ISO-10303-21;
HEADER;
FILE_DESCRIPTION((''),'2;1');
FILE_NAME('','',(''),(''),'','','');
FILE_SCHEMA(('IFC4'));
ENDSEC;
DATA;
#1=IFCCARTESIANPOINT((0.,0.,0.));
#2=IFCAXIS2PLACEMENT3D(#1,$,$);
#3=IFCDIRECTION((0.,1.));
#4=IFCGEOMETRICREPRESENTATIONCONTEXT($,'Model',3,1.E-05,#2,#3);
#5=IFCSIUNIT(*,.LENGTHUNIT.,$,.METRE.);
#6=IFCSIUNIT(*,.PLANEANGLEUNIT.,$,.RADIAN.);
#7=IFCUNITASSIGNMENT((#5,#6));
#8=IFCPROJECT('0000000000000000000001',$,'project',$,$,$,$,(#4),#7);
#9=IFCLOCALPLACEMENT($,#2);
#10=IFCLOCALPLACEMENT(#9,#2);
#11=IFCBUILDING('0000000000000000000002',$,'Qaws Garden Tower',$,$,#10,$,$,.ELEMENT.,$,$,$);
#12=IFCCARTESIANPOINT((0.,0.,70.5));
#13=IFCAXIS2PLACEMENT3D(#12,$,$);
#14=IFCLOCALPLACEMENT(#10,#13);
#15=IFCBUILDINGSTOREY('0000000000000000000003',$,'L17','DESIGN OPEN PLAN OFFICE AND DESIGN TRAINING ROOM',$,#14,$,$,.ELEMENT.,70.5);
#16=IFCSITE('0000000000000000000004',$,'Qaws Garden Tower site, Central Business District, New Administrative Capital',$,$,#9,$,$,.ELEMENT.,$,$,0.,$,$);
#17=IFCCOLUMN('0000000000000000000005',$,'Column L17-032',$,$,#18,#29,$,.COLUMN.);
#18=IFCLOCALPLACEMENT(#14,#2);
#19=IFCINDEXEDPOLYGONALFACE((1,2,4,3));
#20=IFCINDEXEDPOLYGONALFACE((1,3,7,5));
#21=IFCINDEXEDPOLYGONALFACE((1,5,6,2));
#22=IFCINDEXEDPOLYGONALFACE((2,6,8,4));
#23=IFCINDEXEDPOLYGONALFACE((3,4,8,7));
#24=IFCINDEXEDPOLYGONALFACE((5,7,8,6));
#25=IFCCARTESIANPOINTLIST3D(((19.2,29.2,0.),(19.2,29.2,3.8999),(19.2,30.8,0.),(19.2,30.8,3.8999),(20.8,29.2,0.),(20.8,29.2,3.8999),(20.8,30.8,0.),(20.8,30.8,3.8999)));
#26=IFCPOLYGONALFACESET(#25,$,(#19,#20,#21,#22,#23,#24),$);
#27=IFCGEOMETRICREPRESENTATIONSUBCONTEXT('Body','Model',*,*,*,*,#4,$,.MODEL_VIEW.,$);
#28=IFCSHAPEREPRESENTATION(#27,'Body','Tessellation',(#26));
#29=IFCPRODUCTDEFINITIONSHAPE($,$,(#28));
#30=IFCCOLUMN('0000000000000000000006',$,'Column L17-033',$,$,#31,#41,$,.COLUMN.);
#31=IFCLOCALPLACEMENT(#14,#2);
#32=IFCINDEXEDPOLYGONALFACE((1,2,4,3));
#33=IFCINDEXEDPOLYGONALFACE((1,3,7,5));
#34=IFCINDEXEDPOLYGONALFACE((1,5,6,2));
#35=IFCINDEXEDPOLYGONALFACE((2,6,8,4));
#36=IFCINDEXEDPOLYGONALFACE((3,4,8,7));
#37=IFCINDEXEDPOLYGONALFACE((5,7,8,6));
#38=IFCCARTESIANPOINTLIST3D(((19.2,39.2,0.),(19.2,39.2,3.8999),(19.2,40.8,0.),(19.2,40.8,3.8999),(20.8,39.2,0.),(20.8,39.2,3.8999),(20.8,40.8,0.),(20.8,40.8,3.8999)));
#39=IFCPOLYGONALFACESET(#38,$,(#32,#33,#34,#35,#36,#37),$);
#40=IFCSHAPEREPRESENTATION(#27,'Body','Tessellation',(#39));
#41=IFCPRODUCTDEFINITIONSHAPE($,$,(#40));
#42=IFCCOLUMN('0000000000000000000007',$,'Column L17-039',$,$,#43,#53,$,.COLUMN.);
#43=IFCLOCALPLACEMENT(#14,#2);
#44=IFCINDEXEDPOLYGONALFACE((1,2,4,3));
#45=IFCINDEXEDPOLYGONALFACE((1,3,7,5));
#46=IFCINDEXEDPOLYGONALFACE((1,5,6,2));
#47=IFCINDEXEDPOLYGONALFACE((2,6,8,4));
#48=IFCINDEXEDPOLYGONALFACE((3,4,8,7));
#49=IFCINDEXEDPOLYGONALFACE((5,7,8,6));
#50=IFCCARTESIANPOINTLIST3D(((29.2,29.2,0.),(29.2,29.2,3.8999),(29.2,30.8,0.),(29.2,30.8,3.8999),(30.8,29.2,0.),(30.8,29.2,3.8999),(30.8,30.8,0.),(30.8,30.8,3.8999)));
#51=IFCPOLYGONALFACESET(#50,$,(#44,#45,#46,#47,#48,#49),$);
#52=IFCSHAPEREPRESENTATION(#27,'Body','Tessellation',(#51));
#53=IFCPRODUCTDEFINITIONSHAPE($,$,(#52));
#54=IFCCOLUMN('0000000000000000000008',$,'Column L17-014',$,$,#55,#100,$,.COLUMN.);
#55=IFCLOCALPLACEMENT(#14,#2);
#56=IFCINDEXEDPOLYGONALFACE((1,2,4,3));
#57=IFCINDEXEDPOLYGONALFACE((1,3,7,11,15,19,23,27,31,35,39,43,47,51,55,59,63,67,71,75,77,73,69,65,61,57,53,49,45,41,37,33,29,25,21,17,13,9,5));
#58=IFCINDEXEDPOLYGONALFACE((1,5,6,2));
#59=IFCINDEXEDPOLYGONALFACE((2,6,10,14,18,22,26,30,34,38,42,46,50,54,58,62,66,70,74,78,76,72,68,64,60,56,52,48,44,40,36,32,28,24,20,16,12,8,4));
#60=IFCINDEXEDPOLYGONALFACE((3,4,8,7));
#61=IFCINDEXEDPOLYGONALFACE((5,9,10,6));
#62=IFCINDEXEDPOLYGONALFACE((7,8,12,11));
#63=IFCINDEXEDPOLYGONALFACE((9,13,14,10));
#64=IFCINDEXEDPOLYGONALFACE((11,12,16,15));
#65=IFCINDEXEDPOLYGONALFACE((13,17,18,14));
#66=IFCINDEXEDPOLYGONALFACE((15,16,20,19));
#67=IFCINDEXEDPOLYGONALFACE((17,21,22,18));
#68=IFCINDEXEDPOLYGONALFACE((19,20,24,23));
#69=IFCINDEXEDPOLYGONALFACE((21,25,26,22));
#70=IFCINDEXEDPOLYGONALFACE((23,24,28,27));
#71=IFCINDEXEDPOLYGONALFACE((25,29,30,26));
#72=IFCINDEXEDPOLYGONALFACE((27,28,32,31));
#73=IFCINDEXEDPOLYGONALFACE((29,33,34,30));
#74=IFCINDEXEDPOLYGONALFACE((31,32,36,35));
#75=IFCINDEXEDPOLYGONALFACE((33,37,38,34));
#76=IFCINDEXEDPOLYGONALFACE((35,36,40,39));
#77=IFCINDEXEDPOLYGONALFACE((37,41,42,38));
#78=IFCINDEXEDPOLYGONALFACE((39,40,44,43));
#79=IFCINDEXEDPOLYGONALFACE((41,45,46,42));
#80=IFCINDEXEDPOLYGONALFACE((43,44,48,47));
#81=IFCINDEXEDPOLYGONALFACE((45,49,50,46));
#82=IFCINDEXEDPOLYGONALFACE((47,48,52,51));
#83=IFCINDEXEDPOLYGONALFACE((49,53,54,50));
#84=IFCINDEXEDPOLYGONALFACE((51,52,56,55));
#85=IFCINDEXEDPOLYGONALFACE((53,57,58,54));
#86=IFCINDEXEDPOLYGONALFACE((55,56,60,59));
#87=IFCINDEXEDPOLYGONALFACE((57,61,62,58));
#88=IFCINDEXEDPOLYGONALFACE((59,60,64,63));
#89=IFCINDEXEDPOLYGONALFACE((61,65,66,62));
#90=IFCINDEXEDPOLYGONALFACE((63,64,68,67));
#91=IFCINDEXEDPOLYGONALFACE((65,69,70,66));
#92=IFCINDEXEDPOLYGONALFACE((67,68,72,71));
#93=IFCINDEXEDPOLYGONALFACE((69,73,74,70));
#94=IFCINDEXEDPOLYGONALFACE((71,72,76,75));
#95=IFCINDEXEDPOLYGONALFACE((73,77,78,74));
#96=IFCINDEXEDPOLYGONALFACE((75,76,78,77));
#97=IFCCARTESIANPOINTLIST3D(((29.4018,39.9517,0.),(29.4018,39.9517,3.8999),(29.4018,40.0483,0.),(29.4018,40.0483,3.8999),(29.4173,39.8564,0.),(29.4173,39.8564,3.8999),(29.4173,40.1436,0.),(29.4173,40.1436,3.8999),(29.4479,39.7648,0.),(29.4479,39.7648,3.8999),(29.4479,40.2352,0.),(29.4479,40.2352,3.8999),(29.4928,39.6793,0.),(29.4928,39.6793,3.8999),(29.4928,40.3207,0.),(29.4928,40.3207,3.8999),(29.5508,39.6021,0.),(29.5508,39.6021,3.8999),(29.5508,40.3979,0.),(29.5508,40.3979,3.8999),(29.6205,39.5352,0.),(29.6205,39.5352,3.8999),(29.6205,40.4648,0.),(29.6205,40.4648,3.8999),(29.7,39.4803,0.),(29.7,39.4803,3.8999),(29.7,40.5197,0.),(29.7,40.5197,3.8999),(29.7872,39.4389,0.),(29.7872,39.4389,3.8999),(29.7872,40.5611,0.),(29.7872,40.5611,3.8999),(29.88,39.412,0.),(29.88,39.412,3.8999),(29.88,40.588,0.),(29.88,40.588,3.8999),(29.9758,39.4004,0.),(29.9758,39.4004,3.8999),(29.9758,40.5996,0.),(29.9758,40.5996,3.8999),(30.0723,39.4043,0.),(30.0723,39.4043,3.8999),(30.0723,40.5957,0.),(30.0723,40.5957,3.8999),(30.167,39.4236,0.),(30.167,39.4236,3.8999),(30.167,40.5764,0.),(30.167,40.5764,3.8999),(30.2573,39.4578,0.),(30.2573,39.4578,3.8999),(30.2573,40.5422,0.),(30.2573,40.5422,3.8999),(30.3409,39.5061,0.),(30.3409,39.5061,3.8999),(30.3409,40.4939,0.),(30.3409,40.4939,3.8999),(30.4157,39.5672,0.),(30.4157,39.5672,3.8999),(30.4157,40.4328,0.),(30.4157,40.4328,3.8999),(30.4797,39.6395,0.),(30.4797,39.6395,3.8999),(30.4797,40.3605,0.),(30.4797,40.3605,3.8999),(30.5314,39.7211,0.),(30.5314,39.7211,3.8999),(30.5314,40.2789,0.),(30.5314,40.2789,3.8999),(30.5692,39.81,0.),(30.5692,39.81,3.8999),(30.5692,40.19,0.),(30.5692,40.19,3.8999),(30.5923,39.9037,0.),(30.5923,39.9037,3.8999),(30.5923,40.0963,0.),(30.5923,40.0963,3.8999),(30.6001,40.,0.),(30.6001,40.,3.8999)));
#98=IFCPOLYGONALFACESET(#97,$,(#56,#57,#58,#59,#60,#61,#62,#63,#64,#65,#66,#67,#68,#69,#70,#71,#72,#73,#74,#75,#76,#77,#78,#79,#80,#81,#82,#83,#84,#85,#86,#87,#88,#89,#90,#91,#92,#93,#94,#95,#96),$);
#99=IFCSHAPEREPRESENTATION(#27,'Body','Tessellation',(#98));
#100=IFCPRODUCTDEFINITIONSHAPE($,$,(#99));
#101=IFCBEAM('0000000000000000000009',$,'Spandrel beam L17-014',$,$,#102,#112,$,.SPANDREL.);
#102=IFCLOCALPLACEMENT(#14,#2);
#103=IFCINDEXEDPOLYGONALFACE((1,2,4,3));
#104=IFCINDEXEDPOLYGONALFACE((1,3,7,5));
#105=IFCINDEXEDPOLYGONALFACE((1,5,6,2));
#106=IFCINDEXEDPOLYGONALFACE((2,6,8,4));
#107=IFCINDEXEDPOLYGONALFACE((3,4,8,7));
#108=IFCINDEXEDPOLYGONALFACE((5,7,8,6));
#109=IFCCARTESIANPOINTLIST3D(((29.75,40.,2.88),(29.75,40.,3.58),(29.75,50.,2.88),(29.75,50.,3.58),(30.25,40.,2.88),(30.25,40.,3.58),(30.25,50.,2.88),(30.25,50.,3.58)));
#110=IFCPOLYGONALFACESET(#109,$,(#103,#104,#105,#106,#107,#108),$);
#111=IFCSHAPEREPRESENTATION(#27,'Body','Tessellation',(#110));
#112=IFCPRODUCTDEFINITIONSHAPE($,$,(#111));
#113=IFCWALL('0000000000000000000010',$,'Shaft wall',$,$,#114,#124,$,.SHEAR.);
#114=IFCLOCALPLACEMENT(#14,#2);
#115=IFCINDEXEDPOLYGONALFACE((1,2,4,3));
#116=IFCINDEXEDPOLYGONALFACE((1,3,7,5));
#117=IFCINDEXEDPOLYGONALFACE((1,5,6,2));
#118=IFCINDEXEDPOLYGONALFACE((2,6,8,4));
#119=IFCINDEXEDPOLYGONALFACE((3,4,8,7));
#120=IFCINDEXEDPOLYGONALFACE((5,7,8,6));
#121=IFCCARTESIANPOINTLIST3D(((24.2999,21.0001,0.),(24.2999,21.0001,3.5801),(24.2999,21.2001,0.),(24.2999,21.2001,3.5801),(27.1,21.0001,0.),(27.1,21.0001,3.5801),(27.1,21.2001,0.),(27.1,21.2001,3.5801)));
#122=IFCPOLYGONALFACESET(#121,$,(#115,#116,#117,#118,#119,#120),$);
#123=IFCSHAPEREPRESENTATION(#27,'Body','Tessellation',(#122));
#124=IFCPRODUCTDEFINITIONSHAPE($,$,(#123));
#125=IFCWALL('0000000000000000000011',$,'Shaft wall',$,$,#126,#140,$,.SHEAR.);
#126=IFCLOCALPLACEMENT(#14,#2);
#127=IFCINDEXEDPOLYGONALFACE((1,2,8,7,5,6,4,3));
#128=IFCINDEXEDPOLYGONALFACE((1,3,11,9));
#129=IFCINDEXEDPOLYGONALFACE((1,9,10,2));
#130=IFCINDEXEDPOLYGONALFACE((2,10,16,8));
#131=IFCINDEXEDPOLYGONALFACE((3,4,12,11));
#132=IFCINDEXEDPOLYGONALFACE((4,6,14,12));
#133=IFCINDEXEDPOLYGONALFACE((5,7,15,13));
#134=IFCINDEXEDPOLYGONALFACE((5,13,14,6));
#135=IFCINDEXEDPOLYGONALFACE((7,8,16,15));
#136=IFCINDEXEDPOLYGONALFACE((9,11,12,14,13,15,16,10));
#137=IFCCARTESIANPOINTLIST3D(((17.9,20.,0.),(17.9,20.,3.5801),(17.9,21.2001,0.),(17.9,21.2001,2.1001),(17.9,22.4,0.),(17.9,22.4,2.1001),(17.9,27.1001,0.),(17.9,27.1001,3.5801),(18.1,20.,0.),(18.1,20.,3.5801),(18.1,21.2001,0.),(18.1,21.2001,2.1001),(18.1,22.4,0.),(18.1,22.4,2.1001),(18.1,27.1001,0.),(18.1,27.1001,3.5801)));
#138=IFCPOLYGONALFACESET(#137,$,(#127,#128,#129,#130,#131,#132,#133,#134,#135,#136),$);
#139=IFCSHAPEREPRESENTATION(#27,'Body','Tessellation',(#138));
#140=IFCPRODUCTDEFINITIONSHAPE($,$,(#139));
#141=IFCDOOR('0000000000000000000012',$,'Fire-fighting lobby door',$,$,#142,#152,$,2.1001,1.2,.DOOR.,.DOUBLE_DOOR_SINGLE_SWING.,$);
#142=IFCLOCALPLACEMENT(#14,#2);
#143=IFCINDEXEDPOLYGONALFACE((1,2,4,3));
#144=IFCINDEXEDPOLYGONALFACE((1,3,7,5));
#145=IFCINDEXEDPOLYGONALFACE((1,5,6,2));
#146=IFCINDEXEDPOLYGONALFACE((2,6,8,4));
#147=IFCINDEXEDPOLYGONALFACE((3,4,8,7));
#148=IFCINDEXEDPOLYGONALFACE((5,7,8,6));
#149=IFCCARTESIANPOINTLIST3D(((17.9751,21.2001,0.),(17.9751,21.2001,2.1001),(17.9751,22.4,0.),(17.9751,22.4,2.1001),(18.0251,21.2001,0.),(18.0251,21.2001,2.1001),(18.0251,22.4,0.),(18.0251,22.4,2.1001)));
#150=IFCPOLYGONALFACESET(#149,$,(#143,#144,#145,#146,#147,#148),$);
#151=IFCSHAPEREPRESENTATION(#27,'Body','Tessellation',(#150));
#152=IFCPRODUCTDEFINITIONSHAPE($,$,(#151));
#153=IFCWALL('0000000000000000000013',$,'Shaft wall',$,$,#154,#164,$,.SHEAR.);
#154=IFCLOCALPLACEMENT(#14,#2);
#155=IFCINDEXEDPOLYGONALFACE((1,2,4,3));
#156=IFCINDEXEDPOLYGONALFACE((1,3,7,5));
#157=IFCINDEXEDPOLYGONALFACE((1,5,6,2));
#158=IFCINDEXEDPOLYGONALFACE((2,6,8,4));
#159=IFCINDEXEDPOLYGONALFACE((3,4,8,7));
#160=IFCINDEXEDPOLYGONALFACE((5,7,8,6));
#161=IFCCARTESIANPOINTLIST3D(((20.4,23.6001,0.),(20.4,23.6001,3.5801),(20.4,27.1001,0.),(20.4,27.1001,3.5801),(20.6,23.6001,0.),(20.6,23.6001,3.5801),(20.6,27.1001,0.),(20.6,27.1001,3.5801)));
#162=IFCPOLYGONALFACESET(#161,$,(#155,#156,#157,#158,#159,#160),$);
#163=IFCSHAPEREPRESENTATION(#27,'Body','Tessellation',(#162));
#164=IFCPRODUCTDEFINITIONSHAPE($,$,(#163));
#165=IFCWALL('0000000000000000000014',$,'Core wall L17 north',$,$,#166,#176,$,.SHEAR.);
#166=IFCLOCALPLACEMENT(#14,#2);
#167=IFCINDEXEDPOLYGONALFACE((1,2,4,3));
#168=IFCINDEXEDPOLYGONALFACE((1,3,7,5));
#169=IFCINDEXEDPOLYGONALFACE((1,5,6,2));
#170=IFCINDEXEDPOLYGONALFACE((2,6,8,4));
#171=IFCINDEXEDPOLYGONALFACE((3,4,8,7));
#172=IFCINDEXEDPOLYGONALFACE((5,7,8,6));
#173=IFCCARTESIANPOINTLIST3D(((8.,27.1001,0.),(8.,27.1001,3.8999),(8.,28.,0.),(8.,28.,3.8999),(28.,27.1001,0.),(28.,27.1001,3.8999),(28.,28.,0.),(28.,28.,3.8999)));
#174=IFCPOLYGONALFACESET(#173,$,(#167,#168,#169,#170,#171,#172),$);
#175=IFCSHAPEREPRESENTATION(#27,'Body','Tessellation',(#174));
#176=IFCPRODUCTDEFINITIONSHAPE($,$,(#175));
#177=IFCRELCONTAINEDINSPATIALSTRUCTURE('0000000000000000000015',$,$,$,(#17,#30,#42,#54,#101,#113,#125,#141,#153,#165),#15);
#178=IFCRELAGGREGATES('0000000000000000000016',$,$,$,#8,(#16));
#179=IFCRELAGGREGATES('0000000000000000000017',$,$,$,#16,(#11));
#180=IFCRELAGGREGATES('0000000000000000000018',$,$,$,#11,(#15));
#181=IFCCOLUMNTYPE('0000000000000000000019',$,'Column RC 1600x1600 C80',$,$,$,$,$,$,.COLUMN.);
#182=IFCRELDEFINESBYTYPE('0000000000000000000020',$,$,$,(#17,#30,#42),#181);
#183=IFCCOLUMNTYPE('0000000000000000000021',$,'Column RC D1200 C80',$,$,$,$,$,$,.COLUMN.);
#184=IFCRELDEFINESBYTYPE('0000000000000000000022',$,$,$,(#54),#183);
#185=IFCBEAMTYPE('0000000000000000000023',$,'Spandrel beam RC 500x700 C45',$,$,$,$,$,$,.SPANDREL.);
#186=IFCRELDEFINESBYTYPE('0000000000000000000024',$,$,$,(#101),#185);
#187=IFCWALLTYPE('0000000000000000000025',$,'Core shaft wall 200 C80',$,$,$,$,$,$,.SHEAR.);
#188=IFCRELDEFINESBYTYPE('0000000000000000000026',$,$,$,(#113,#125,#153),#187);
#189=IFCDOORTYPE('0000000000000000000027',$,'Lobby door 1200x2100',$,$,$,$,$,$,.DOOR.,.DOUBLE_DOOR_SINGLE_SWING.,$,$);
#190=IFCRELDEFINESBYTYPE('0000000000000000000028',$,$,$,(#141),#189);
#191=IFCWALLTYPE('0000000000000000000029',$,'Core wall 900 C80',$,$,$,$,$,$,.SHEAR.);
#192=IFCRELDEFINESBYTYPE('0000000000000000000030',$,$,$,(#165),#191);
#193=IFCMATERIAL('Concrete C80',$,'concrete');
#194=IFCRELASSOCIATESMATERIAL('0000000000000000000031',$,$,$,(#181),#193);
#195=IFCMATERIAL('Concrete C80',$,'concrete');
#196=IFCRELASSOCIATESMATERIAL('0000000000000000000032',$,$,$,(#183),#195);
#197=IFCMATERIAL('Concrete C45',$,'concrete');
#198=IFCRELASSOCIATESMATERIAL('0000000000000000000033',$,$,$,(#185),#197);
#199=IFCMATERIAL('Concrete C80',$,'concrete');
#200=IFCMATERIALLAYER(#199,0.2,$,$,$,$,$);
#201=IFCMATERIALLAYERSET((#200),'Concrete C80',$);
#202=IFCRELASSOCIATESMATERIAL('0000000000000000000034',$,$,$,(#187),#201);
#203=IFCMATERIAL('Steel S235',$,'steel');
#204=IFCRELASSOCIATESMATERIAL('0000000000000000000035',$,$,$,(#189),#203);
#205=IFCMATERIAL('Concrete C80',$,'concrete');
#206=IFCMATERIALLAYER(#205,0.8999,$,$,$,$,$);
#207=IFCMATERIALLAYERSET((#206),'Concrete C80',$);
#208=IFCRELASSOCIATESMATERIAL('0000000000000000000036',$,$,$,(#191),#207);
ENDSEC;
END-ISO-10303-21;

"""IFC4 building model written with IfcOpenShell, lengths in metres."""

from ifc_helpers import new_model, si_unit, direction, frame, frame_2d, origin, origin_2d, place, context, subcontext, project, spatial, rectangle, circle, extrude, material, layer, layer_set, material_profile, profile_set, type_object, element, fill, save


model = new_model("IFC4")

# Units and contexts
model_context = context("Model", 3, precision=1e-05, world=origin(), true_north=direction((0.0, 1.0)))
body_context = subcontext(model_context, "Body", "Model", "MODEL_VIEW")
ifc_project = project(units=[si_unit("LENGTHUNIT", "METRE"), si_unit("PLANEANGLEUNIT", "RADIAN")], contexts=[model_context])

# Site, building, storey
site_placement = place(None, origin())
site = spatial("IfcSite", under=ifc_project, at=site_placement, Name="Qaws Garden Tower site, Central Business District, New Administrative Capital", CompositionType="ELEMENT", RefElevation=0.0)
building_placement = place(site_placement, origin())
building = spatial("IfcBuilding", under=site, at=building_placement, Name="Qaws Garden Tower", CompositionType="ELEMENT")
storey_placement = place(building_placement, frame((0.0, 0.0, 70.5)))
storey = spatial("IfcBuildingStorey", under=building, at=storey_placement, Name="L17", Description="DESIGN OPEN PLAN OFFICE AND DESIGN TRAINING ROOM", CompositionType="ELEMENT", Elevation=70.5)

# Columns
ifc_material_1 = material(Name="Concrete C80", Category="concrete")
ifc_material_profile_1 = material_profile(ifc_material_1, rectangle(XDim=1.6001, YDim=1.6001, at=origin_2d()), Name="RC 1600x1600")
ifc_profile_set_1 = profile_set([ifc_material_profile_1], Name="Concrete C80")
column_type_1 = type_object("IfcColumnType", Name="Column RC 1600x1600 C80", PredefinedType="COLUMN", material=ifc_profile_set_1)
for number, where, z_axis, x_axis, name in (
    (1, (20.0, 30.0, 0.0), (0.0, 0.0, 1.0), (1.0, 0.0, 0.0), "Column L17-032"),
    (2, (20.0, 40.0, 0.0), (0.0, 0.0, 1.0), (1.0, 0.0, 0.0), "Column L17-033"),
    (3, (30.0, 30.0, 0.0), (0.0, 0.0, 1.0), (1.0, 0.0, 0.0), "Column L17-039"),
):
    element("IfcColumn", number, at=place(storey_placement, frame(where, z_axis=z_axis, x_axis=x_axis)), inside=storey, type_object=column_type_1, Name=name, PredefinedType="COLUMN", context=body_context, shape_type="SweptSolid", body=[
        extrude(rectangle(XDim=1.6001, YDim=1.6001, at=origin_2d()), origin(), (0.0, 0.0, 1.0), 3.8999),
    ])
ifc_material_2 = material(Name="Concrete C80", Category="concrete")
ifc_material_profile_2 = material_profile(ifc_material_2, circle(Radius=0.6001, at=origin_2d()), Name="RC D1200")
ifc_profile_set_2 = profile_set([ifc_material_profile_2], Name="Concrete C80")
column_type_2 = type_object("IfcColumnType", Name="Column RC D1200 C80", PredefinedType="COLUMN", material=ifc_profile_set_2)
column_placement = place(storey_placement, frame((30.0, 40.0, 0.0), z_axis=(0.0, 0.0, 1.0), x_axis=(1.0, 0.0, 0.0)))
element("IfcColumn", 4, at=column_placement, inside=storey, type_object=column_type_2, Name="Column L17-014", PredefinedType="COLUMN", context=body_context, shape_type="SweptSolid", body=[
    extrude(circle(Radius=0.6001, at=origin_2d()), origin(), (0.0, 0.0, 1.0), 3.8999),
])

# Beam
ifc_material_3 = material(Name="Concrete C45", Category="concrete")
ifc_material_profile_3 = material_profile(ifc_material_3, rectangle(XDim=0.5, YDim=0.7, at=origin_2d()), Name="RC 500x700")
ifc_profile_set_3 = profile_set([ifc_material_profile_3], Name="Concrete C45")
beam_type = type_object("IfcBeamType", Name="Spandrel beam RC 500x700 C45", PredefinedType="SPANDREL", material=ifc_profile_set_3)
beam_placement = place(storey_placement, frame((30.0, 40.0, 3.23), z_axis=(0.0, 1.0, 0.0), x_axis=(-1.0, 0.0, 0.0)))
element("IfcBeam", 5, at=beam_placement, inside=storey, type_object=beam_type, Name="Spandrel beam L17-014", PredefinedType="SPANDREL", context=body_context, shape_type="SweptSolid", body=[
    extrude(rectangle(XDim=0.5, YDim=0.7, at=origin_2d()), origin(), (0.0, 0.0, 1.0), 10.0),
])

# Wall
ifc_material_4 = material(Name="Concrete C80", Category="concrete")
ifc_layer_1 = layer(ifc_material_4, 0.2)
ifc_layer_set_1 = layer_set([ifc_layer_1], Name="Concrete C80")
wall_type_1 = type_object("IfcWallType", Name="Core shaft wall 200 C80", PredefinedType="SHEAR", material=ifc_layer_set_1)
wall_1_placement = place(storey_placement, frame((24.3, 21.1001, 0.0), z_axis=(0.0, 0.0, 1.0), x_axis=(1.0, 0.0, 0.0)))
element("IfcWall", 6, at=wall_1_placement, inside=storey, type_object=wall_type_1, Name="Shaft wall", PredefinedType="SHEAR", context=body_context, shape_type="SweptSolid", body=[
    extrude(rectangle(XDim=2.8, YDim=0.2, at=frame_2d((1.3999, 0.0))), origin(), (0.0, 0.0, 1.0), 3.5801),
])

# Wall, opening, door
wall_2_placement = place(storey_placement, frame((18.0, 20.0, 0.0), z_axis=(0.0, 0.0, 1.0), x_axis=(0.0, 1.0, 0.0)))
wall_2 = element("IfcWall", 7, at=wall_2_placement, inside=storey, type_object=wall_type_1, Name="Shaft wall", PredefinedType="SHEAR", context=body_context, shape_type="SweptSolid", body=[
    extrude(rectangle(XDim=7.1001, YDim=0.2, at=frame_2d((3.55, 0.0))), origin(), (0.0, 0.0, 1.0), 3.5801),
])
opening_1_placement = place(wall_2_placement, frame((1.2, 0.0, 0.0)))
opening_1 = element("IfcOpeningElement", 8, at=opening_1_placement, cuts=wall_2, PredefinedType="OPENING", context=body_context, shape_type="SweptSolid", body=[
    extrude(rectangle(XDim=1.2, YDim=2.1001, at=frame_2d((0.6001, 1.05))), frame((0.0, 0.1099, 0.0), z_axis=(0.0, -1.0, 0.0), x_axis=(1.0, 0.0, 0.0)), (0.0, 0.0, 1.0), 0.22),
])
ifc_material_5 = material(Name="Steel S235", Category="steel")
door_type_1 = type_object("IfcDoorType", Name="Lobby door 1200x2100", OperationType="DOUBLE_DOOR_SINGLE_SWING", PredefinedType="DOOR", material=ifc_material_5)
door_1_placement = place(opening_1_placement, origin())
door_1 = element("IfcDoor", 9, at=door_1_placement, inside=storey, type_object=door_type_1, Name="Fire-fighting lobby door", OperationType="DOUBLE_DOOR_SINGLE_SWING", OverallHeight=2.1001, OverallWidth=1.2, PredefinedType="DOOR", context=body_context, shape_type="SweptSolid", body=[
    extrude(rectangle(XDim=1.2, YDim=2.1001, at=frame_2d((0.6001, 1.05))), frame((0.0, 0.0249, 0.0), z_axis=(0.0, -1.0, 0.0), x_axis=(1.0, 0.0, 0.0)), (0.0, 0.0, 1.0), 0.05),
])
fill(opening_1, door_1)

# Walls
wall_3_placement = place(storey_placement, frame((20.5, 23.6001, 0.0), z_axis=(0.0, 0.0, 1.0), x_axis=(0.0, 1.0, 0.0)))
element("IfcWall", 10, at=wall_3_placement, inside=storey, type_object=wall_type_1, Name="Shaft wall", PredefinedType="SHEAR", context=body_context, shape_type="SweptSolid", body=[
    extrude(rectangle(XDim=3.5, YDim=0.2, at=frame_2d((1.75, 0.0))), origin(), (0.0, 0.0, 1.0), 3.5801),
])
ifc_material_6 = material(Name="Concrete C80", Category="concrete")
ifc_layer_2 = layer(ifc_material_6, 0.8999)
ifc_layer_set_2 = layer_set([ifc_layer_2], Name="Concrete C80")
wall_type_2 = type_object("IfcWallType", Name="Core wall 900 C80", PredefinedType="SHEAR", material=ifc_layer_set_2)
wall_4_placement = place(storey_placement, frame((28.0, 27.55, 0.0), z_axis=(0.0, 0.0, 1.0), x_axis=(-1.0, 0.0, 0.0)))
element("IfcWall", 11, at=wall_4_placement, inside=storey, type_object=wall_type_2, Name="Core wall L17 north", PredefinedType="SHEAR", context=body_context, shape_type="SweptSolid", body=[
    extrude(rectangle(XDim=20.0, YDim=0.8999, at=frame_2d((10.0, 0.0))), origin(), (0.0, 0.0, 1.0), 3.8999),
])

save(model, "model.ifc")
